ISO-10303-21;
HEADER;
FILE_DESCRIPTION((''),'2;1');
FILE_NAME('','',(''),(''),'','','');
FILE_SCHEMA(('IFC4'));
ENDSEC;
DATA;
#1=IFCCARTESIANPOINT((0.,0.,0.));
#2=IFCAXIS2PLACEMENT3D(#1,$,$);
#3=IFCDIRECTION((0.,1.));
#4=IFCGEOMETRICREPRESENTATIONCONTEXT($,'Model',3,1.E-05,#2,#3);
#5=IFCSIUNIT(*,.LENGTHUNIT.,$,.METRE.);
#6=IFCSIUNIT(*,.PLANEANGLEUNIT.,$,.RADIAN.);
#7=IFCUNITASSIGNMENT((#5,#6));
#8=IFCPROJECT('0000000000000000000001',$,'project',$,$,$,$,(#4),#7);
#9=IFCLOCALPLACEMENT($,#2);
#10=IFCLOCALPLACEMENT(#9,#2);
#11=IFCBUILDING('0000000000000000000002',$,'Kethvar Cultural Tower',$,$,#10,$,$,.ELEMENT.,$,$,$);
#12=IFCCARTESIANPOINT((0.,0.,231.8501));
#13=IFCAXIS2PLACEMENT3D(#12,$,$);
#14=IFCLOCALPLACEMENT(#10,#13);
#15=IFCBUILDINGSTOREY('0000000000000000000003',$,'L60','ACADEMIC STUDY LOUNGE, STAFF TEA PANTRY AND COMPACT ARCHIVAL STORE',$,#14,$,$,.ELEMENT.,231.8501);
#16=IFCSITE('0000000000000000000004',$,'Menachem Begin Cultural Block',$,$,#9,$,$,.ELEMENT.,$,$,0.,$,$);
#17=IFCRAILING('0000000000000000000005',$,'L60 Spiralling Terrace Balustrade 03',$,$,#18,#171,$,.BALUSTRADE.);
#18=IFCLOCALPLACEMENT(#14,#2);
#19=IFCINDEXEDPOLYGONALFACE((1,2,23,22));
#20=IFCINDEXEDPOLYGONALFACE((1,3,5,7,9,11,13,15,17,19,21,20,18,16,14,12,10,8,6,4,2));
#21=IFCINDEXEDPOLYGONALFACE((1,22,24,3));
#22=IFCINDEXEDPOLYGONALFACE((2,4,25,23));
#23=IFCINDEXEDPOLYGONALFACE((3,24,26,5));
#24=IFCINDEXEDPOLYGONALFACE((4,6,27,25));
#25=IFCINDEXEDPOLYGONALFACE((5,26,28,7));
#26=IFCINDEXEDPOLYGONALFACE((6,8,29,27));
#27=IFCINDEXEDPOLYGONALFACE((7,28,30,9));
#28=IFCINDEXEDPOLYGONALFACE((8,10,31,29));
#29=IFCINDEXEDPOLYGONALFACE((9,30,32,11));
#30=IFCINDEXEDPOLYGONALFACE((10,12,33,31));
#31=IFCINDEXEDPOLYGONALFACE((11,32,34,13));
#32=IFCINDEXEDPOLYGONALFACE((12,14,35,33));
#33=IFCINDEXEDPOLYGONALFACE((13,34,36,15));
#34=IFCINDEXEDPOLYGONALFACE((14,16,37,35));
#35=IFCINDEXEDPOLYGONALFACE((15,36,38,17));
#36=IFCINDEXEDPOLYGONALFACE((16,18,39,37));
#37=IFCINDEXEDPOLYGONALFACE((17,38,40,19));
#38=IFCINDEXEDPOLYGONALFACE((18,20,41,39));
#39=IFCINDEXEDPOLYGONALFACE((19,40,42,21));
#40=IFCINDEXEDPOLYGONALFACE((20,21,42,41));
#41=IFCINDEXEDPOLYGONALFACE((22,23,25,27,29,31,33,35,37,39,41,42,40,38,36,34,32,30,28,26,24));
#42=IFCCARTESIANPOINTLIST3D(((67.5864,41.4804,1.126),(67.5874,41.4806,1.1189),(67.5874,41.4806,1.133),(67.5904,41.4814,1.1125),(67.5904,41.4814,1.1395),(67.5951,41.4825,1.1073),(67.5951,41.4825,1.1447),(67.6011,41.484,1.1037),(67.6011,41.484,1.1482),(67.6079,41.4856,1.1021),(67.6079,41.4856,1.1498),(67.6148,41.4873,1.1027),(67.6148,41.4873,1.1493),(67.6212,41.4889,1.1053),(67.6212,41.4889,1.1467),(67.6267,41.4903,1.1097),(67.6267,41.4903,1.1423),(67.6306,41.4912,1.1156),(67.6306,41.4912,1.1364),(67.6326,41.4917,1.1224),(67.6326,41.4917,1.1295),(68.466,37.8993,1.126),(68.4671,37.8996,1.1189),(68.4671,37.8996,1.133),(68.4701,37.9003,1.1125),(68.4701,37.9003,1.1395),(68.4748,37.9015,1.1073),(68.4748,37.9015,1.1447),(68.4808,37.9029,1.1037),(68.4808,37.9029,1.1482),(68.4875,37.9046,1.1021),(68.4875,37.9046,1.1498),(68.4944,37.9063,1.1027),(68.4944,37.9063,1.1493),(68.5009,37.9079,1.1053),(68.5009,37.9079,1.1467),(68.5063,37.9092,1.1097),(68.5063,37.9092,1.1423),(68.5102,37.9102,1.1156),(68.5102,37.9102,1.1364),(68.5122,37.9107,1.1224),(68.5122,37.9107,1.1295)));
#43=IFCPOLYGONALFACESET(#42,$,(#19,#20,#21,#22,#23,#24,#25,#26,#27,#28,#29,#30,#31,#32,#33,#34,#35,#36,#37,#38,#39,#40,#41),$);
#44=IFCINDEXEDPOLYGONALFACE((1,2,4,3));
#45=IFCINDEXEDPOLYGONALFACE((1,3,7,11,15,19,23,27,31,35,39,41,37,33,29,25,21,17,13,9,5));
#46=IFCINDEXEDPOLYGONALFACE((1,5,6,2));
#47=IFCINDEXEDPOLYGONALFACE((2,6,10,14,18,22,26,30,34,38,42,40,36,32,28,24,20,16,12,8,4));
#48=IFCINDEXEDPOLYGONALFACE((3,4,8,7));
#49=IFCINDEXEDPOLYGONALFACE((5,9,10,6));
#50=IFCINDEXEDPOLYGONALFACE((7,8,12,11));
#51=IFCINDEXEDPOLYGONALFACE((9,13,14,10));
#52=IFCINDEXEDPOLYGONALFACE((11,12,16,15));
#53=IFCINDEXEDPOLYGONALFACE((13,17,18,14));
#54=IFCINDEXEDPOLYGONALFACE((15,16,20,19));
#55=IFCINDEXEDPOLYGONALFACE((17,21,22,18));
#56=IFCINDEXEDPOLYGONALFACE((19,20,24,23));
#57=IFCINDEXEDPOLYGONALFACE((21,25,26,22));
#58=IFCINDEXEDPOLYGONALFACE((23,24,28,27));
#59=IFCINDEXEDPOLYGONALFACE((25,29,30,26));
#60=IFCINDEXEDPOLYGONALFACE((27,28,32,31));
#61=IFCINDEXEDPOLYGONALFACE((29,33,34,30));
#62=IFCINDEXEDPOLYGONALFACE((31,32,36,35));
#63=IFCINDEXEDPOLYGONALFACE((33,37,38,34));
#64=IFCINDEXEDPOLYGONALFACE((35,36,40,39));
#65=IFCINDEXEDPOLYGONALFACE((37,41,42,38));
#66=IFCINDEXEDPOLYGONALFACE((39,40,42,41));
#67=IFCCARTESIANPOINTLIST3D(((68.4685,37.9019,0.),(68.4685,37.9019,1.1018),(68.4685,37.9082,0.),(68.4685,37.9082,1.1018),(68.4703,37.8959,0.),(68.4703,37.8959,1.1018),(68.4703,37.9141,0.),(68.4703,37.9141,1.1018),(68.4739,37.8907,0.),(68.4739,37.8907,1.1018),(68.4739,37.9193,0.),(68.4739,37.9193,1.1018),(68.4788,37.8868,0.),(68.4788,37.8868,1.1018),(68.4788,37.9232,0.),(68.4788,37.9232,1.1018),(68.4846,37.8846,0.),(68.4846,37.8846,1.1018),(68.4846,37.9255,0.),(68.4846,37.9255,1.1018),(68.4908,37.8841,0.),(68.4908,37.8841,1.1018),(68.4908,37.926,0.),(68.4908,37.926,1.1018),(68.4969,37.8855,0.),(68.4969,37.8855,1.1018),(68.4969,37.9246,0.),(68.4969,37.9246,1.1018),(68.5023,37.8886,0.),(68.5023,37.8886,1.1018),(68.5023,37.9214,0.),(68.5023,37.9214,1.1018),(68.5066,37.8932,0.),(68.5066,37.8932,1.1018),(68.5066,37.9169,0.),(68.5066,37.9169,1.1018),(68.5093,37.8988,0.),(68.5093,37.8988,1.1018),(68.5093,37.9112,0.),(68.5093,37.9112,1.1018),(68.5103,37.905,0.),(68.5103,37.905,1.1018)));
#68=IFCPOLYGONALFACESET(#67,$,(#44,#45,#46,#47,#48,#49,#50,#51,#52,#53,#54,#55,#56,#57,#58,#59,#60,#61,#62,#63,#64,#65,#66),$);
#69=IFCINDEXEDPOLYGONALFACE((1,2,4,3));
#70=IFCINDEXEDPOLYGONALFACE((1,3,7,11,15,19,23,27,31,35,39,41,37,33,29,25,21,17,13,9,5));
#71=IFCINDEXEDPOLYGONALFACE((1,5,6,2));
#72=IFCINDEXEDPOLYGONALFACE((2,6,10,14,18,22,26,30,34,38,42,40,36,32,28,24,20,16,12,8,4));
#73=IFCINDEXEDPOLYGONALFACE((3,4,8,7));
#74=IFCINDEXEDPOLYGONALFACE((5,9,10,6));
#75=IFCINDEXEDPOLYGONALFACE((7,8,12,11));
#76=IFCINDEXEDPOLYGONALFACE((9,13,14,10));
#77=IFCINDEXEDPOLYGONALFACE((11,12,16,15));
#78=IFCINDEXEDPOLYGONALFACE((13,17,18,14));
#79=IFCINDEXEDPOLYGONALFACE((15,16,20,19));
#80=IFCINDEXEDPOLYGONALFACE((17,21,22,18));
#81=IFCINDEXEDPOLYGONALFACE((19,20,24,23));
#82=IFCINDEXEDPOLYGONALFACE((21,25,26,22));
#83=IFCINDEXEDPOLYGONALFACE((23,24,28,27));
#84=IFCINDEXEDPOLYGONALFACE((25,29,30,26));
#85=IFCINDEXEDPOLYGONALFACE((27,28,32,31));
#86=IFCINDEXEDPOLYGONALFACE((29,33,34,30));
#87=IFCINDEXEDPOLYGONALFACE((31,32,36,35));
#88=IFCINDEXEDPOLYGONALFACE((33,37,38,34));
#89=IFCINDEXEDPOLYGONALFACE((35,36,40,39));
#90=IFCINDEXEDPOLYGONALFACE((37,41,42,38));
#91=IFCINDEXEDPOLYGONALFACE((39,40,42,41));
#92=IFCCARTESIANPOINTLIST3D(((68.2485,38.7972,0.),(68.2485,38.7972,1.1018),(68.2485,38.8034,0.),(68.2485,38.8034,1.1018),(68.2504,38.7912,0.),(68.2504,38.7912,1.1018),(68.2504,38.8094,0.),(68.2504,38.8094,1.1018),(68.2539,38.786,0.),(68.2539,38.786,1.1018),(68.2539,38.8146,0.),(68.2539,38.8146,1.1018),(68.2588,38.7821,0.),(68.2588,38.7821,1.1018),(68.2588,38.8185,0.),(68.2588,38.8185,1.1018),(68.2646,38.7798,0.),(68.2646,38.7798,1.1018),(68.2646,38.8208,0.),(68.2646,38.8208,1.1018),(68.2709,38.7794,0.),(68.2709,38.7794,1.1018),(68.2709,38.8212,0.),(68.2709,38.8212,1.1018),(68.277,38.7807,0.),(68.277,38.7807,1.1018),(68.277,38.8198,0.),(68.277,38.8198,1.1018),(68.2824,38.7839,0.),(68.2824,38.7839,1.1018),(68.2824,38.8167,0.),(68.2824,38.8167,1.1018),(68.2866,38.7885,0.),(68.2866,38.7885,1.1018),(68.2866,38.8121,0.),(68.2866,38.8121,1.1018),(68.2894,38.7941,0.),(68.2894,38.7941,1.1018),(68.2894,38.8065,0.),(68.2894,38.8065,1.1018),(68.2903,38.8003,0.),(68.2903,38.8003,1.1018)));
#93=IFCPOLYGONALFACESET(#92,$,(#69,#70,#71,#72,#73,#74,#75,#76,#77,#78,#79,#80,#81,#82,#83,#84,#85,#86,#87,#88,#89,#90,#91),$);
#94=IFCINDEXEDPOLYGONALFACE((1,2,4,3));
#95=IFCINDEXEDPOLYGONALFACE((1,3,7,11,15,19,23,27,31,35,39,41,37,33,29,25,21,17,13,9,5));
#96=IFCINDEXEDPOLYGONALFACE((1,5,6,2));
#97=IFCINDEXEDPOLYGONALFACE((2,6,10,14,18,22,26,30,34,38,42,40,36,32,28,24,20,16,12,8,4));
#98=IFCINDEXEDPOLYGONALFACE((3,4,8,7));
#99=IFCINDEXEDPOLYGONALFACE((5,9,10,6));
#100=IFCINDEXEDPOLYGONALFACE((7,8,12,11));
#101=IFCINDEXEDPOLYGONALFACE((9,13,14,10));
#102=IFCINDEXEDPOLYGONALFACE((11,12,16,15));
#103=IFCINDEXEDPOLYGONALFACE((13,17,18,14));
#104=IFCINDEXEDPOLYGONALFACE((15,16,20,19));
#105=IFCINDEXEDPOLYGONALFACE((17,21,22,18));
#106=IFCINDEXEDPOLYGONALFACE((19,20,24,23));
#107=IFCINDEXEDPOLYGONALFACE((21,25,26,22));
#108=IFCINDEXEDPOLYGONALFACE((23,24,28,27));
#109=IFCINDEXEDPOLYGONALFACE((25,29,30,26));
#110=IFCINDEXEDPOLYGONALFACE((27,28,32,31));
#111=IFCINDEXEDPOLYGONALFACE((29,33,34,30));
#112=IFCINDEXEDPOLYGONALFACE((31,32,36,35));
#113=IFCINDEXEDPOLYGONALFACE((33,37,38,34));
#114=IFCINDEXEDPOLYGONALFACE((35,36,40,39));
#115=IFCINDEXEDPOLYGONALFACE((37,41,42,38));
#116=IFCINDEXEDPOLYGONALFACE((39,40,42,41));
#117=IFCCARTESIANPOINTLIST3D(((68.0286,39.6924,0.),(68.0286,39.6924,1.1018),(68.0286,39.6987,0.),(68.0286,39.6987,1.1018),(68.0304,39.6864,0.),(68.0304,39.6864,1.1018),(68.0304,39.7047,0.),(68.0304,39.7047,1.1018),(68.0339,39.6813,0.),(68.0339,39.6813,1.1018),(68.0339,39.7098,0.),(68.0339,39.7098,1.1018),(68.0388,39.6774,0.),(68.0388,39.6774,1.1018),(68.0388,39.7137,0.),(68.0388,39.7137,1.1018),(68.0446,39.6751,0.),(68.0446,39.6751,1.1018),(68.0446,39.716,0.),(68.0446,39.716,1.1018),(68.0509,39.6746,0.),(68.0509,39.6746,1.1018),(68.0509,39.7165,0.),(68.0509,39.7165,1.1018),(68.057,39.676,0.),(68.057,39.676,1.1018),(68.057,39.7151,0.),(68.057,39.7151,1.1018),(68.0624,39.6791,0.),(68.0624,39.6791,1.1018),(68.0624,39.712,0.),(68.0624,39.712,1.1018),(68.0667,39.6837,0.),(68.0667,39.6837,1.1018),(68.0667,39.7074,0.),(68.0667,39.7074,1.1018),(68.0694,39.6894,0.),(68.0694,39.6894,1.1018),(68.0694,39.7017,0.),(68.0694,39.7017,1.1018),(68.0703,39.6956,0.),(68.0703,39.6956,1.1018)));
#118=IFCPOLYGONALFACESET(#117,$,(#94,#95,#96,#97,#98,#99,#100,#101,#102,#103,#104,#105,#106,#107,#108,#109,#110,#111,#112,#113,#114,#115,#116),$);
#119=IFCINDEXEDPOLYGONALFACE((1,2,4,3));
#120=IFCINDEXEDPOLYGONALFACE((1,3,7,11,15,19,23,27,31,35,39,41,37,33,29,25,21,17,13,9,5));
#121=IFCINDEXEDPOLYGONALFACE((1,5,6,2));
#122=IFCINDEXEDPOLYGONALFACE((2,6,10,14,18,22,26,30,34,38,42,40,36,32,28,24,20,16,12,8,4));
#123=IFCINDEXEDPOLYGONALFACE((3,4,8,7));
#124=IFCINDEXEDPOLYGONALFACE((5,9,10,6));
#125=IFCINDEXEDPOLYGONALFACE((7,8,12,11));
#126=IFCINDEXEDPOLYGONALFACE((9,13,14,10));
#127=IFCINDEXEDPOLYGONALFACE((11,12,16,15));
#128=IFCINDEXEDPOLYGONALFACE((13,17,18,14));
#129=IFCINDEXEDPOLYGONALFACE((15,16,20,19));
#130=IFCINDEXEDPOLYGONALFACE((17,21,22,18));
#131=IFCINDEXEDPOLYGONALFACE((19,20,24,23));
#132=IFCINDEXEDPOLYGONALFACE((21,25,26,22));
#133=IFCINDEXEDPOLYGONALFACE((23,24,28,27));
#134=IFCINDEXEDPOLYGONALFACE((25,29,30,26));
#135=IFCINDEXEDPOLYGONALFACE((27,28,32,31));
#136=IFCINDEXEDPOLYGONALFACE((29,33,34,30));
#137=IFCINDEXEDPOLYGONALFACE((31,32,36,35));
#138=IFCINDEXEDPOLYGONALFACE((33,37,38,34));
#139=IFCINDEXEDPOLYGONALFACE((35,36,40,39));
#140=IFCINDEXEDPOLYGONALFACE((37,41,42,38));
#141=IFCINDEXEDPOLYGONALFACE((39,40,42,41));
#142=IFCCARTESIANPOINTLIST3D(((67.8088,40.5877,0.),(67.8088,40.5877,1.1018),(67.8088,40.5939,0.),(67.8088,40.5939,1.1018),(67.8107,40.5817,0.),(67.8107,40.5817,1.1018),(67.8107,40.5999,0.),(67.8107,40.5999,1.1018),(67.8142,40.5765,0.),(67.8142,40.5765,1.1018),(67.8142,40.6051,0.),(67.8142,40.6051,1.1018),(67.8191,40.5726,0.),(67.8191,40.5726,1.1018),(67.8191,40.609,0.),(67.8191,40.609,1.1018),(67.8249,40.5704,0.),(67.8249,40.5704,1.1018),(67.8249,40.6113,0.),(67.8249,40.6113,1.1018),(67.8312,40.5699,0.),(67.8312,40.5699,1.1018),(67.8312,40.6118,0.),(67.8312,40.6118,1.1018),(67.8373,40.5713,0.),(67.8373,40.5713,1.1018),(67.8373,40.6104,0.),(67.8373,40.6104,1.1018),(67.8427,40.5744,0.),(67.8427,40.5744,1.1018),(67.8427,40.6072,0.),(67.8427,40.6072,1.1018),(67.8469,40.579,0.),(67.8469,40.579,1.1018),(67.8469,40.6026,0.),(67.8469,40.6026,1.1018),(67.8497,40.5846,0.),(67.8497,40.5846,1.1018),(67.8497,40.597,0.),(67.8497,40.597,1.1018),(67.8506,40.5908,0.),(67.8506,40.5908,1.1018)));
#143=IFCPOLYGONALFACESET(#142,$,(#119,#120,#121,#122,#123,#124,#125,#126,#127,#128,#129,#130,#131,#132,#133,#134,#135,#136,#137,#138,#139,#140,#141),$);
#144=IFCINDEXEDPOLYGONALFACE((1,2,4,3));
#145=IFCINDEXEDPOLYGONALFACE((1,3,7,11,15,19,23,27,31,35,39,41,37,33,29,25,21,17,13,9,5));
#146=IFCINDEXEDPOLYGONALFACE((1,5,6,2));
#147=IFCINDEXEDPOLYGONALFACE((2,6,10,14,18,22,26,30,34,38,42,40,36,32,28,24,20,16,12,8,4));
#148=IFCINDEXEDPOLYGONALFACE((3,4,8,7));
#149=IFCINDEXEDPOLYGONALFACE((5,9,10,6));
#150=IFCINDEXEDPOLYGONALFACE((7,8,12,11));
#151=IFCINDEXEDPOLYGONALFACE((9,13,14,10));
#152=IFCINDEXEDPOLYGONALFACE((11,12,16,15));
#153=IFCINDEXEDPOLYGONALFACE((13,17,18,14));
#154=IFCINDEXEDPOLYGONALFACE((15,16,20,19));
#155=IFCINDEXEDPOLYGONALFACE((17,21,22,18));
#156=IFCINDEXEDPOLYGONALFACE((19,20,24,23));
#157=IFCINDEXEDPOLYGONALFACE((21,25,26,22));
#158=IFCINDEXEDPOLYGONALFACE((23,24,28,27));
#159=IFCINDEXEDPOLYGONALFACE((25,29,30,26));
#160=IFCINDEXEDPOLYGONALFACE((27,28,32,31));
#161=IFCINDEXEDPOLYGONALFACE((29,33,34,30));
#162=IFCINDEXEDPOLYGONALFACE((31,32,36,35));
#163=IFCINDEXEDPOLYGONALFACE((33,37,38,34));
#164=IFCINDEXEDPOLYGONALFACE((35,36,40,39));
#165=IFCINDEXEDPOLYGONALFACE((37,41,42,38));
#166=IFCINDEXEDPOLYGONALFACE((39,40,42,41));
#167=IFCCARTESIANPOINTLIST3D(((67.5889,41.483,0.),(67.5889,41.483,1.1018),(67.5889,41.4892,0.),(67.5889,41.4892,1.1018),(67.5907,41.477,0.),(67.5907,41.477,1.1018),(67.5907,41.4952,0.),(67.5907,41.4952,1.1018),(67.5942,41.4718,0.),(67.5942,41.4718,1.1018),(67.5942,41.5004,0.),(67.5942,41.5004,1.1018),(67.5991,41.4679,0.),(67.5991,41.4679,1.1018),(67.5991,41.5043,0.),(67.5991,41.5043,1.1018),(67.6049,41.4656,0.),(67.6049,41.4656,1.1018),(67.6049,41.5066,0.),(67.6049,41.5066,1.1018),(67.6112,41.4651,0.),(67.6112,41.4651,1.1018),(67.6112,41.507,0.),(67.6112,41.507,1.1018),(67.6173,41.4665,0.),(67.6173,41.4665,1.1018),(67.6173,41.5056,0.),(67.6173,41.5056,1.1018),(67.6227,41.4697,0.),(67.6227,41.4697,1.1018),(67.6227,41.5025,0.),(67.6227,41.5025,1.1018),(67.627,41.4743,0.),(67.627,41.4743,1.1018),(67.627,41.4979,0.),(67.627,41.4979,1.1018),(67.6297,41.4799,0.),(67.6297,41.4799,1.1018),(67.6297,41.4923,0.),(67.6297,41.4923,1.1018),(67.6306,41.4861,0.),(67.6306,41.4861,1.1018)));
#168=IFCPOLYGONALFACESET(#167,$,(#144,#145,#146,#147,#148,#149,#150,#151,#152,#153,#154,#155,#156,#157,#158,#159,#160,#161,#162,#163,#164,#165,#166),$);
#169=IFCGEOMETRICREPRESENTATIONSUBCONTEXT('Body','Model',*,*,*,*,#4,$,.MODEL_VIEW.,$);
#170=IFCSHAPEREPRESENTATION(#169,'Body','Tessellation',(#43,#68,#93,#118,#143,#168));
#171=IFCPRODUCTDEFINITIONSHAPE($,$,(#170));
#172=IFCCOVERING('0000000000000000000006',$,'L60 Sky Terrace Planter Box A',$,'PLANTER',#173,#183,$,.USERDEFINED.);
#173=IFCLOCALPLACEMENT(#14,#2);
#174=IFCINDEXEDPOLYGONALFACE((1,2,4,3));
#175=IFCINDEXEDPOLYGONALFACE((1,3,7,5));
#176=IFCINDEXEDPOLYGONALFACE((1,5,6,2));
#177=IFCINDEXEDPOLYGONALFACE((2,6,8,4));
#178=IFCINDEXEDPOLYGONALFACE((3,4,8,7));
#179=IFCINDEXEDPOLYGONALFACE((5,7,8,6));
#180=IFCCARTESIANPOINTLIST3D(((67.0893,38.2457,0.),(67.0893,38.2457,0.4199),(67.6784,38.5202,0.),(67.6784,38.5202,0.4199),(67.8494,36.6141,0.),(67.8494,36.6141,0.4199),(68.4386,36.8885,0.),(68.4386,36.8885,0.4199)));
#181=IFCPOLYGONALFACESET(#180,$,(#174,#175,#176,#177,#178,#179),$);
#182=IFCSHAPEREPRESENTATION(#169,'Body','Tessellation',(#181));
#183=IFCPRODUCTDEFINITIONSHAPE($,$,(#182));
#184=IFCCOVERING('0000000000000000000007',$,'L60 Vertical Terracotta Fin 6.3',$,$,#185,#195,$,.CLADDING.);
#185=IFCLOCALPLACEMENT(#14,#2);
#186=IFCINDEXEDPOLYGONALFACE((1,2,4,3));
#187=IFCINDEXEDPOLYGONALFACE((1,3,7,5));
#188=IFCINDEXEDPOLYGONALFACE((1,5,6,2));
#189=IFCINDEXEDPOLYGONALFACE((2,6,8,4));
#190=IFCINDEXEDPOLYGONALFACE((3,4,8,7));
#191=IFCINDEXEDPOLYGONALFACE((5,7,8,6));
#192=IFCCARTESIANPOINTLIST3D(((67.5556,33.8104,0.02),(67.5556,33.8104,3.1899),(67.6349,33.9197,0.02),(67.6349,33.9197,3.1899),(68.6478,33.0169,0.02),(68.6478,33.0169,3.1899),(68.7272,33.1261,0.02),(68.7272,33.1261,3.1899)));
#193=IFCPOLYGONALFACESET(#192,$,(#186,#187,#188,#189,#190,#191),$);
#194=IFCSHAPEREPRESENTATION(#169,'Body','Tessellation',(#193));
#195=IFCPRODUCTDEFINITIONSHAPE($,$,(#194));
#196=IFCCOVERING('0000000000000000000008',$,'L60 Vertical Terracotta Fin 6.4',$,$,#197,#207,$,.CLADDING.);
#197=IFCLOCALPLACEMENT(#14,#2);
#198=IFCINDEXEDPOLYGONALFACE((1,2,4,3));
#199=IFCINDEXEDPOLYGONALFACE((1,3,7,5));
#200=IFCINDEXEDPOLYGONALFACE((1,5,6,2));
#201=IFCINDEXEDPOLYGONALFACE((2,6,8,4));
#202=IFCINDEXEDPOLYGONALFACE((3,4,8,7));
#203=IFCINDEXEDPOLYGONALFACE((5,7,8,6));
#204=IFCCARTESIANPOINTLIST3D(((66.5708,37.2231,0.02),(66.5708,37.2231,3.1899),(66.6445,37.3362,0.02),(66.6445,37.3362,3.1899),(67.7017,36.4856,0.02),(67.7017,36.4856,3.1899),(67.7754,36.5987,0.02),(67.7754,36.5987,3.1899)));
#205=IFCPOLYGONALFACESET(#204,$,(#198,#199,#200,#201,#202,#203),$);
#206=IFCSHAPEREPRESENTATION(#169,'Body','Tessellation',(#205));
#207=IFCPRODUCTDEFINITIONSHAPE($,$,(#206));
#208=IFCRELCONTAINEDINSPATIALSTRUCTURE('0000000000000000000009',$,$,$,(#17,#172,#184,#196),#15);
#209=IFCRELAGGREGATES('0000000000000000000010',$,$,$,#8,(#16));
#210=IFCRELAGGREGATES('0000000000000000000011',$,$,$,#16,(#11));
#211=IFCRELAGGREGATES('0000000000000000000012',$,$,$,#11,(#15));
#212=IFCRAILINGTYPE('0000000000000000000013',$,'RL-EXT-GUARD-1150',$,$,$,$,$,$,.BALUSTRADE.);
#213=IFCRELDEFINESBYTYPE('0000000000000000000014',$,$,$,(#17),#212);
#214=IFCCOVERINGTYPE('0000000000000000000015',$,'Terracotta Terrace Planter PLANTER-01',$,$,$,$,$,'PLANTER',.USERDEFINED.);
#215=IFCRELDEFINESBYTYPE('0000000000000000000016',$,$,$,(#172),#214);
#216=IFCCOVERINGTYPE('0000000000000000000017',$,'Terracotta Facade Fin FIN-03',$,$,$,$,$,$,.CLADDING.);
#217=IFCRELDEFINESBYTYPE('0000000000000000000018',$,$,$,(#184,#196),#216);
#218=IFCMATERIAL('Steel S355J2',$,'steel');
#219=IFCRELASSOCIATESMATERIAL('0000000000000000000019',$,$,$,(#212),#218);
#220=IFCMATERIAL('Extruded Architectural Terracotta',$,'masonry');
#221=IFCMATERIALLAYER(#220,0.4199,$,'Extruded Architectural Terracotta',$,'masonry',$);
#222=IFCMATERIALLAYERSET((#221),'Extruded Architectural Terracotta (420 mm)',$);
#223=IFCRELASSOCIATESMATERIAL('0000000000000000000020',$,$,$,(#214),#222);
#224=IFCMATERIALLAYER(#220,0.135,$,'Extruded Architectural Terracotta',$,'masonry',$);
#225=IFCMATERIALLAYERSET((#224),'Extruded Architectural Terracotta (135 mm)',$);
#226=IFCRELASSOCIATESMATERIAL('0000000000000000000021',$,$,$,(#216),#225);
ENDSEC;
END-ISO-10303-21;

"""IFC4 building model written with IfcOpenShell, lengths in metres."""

from ifc_helpers import new_model, si_unit, direction, frame, origin, origin_2d, place, context, subcontext, project, spatial, rectangle, circle, extrude, source, transform, mapped, material, layer, layer_set, type_object, element, save


model = new_model("IFC4")

# Units and contexts
model_context = context("Model", 3, precision=1e-05, world=origin(), true_north=direction((0.0, 1.0)))
body_context = subcontext(model_context, "Body", "Model", "MODEL_VIEW")
ifc_project = project(units=[si_unit("LENGTHUNIT", "METRE"), si_unit("PLANEANGLEUNIT", "RADIAN")], contexts=[model_context])

# Site, building, storey
site_placement = place(None, origin())
site = spatial("IfcSite", under=ifc_project, at=site_placement, Name="Menachem Begin Cultural Block", CompositionType="ELEMENT", RefElevation=0.0)
building_placement = place(site_placement, origin())
building = spatial("IfcBuilding", under=site, at=building_placement, Name="Kethvar Cultural Tower", CompositionType="ELEMENT")
storey_placement = place(building_placement, frame((0.0, 0.0, 231.8501)))
storey = spatial("IfcBuildingStorey", under=building, at=storey_placement, Name="L60", Description="ACADEMIC STUDY LOUNGE, STAFF TEA PANTRY AND COMPACT ARCHIVAL STORE", CompositionType="ELEMENT", Elevation=231.8501)

# Shared definitions
ifc_material_1 = material(Name="Steel S355J2", Category="steel")

# Railing
railing_type = type_object("IfcRailingType", Name="RL-EXT-GUARD-1150", PredefinedType="BALUSTRADE", material=ifc_material_1)
railing_1_placement = place(storey_placement, frame((68.4893, 37.905, 0.0)))
element("IfcRailing", 1, at=railing_1_placement, inside=storey, type_object=railing_type, Name="L60 Spiralling Terrace Balustrade 03", PredefinedType="BALUSTRADE", context=body_context, shape_type="SweptSolid", body=[
    extrude(circle(Radius=0.0239, at=origin_2d()), frame((0.0, 0.0, 1.126), z_axis=(-0.238546, 0.971131, 0.0), x_axis=(-0.971131, -0.238546, 0.0)), (0.0, 0.0, 1.0), 3.6875),
    extrude(circle(Radius=0.021, at=origin_2d()), origin(), (0.0, 0.0, 1.0), 1.1018),
    extrude(circle(Radius=0.021, at=origin_2d()), frame((-0.22, 0.8953, 0.0)), (0.0, 0.0, 1.0), 1.1018),
    extrude(circle(Radius=0.021, at=origin_2d()), frame((-0.4399, 1.7905, 0.0)), (0.0, 0.0, 1.0), 1.1018),
    extrude(circle(Radius=0.021, at=origin_2d()), frame((-0.6597, 2.6858, 0.0)), (0.0, 0.0, 1.0), 1.1018),
    extrude(circle(Radius=0.021, at=origin_2d()), frame((-0.8796, 3.5811, 0.0)), (0.0, 0.0, 1.0), 1.1018),
])

# Coverings
ifc_material_2 = material(Name="Extruded Architectural Terracotta", Category="masonry")
ifc_layer_1 = layer(ifc_material_2, 0.4199, Name="Extruded Architectural Terracotta", Category="masonry")
ifc_layer_set_1 = layer_set([ifc_layer_1], Name="Extruded Architectural Terracotta (420 mm)")
covering_type_1 = type_object("IfcCoveringType", Name="Terracotta Terrace Planter PLANTER-01", ElementType="PLANTER", PredefinedType="USERDEFINED", material=ifc_layer_set_1)
shared_shape_1 = source(origin(), body_context, "Body", "SweptSolid", [
    extrude(rectangle(XDim=1.8, YDim=0.6499, at=origin_2d()), origin(), (0.0, 0.0, 1.0), 0.4199),
])
covering_placement = place(storey_placement, frame((67.7639, 37.5671, 0.0), z_axis=(0.0, 0.0, 1.0), x_axis=(-0.422302, 0.906455, 0.0)))
element("IfcCovering", 2, at=covering_placement, inside=storey, type_object=covering_type_1, Name="L60 Sky Terrace Planter Box A", ObjectType="PLANTER", PredefinedType="USERDEFINED", context=body_context, shape_type="MappedRepresentation", body=[
    mapped(shared_shape_1, transform((0.0, 0.0, 0.0), scale=1.0)),
])
ifc_layer_2 = layer(ifc_material_2, 0.135, Name="Extruded Architectural Terracotta", Category="masonry")
ifc_layer_set_2 = layer_set([ifc_layer_2], Name="Extruded Architectural Terracotta (135 mm)")
covering_type_2 = type_object("IfcCoveringType", Name="Terracotta Facade Fin FIN-03", PredefinedType="CLADDING", material=ifc_layer_set_2)
shared_shape_2 = source(origin(), body_context, "Body", "SweptSolid", [
    extrude(rectangle(XDim=1.3501, YDim=0.135, at=origin_2d()), origin(), (0.0, 0.0, 1.0), 3.1699),
])
for number, where, z_axis, x_axis, name in (
    (3, (68.1414, 33.4683, 0.02), (0.0, 0.0, 1.0), (0.809017, -0.587785, 0.0), "L60 Vertical Terracotta Fin 6.3"),
    (4, (67.1731, 36.9109, 0.02), (0.0, 0.0, 1.0), (0.837623, -0.546248, 0.0), "L60 Vertical Terracotta Fin 6.4"),
):
    element("IfcCovering", number, at=place(storey_placement, frame(where, z_axis=z_axis, x_axis=x_axis)), inside=storey, type_object=covering_type_2, Name=name, PredefinedType="CLADDING", context=body_context, shape_type="MappedRepresentation", body=[
        mapped(shared_shape_2, transform((0.0, 0.0, 0.0), scale=1.0)),
    ])

save(model, "model.ifc")
